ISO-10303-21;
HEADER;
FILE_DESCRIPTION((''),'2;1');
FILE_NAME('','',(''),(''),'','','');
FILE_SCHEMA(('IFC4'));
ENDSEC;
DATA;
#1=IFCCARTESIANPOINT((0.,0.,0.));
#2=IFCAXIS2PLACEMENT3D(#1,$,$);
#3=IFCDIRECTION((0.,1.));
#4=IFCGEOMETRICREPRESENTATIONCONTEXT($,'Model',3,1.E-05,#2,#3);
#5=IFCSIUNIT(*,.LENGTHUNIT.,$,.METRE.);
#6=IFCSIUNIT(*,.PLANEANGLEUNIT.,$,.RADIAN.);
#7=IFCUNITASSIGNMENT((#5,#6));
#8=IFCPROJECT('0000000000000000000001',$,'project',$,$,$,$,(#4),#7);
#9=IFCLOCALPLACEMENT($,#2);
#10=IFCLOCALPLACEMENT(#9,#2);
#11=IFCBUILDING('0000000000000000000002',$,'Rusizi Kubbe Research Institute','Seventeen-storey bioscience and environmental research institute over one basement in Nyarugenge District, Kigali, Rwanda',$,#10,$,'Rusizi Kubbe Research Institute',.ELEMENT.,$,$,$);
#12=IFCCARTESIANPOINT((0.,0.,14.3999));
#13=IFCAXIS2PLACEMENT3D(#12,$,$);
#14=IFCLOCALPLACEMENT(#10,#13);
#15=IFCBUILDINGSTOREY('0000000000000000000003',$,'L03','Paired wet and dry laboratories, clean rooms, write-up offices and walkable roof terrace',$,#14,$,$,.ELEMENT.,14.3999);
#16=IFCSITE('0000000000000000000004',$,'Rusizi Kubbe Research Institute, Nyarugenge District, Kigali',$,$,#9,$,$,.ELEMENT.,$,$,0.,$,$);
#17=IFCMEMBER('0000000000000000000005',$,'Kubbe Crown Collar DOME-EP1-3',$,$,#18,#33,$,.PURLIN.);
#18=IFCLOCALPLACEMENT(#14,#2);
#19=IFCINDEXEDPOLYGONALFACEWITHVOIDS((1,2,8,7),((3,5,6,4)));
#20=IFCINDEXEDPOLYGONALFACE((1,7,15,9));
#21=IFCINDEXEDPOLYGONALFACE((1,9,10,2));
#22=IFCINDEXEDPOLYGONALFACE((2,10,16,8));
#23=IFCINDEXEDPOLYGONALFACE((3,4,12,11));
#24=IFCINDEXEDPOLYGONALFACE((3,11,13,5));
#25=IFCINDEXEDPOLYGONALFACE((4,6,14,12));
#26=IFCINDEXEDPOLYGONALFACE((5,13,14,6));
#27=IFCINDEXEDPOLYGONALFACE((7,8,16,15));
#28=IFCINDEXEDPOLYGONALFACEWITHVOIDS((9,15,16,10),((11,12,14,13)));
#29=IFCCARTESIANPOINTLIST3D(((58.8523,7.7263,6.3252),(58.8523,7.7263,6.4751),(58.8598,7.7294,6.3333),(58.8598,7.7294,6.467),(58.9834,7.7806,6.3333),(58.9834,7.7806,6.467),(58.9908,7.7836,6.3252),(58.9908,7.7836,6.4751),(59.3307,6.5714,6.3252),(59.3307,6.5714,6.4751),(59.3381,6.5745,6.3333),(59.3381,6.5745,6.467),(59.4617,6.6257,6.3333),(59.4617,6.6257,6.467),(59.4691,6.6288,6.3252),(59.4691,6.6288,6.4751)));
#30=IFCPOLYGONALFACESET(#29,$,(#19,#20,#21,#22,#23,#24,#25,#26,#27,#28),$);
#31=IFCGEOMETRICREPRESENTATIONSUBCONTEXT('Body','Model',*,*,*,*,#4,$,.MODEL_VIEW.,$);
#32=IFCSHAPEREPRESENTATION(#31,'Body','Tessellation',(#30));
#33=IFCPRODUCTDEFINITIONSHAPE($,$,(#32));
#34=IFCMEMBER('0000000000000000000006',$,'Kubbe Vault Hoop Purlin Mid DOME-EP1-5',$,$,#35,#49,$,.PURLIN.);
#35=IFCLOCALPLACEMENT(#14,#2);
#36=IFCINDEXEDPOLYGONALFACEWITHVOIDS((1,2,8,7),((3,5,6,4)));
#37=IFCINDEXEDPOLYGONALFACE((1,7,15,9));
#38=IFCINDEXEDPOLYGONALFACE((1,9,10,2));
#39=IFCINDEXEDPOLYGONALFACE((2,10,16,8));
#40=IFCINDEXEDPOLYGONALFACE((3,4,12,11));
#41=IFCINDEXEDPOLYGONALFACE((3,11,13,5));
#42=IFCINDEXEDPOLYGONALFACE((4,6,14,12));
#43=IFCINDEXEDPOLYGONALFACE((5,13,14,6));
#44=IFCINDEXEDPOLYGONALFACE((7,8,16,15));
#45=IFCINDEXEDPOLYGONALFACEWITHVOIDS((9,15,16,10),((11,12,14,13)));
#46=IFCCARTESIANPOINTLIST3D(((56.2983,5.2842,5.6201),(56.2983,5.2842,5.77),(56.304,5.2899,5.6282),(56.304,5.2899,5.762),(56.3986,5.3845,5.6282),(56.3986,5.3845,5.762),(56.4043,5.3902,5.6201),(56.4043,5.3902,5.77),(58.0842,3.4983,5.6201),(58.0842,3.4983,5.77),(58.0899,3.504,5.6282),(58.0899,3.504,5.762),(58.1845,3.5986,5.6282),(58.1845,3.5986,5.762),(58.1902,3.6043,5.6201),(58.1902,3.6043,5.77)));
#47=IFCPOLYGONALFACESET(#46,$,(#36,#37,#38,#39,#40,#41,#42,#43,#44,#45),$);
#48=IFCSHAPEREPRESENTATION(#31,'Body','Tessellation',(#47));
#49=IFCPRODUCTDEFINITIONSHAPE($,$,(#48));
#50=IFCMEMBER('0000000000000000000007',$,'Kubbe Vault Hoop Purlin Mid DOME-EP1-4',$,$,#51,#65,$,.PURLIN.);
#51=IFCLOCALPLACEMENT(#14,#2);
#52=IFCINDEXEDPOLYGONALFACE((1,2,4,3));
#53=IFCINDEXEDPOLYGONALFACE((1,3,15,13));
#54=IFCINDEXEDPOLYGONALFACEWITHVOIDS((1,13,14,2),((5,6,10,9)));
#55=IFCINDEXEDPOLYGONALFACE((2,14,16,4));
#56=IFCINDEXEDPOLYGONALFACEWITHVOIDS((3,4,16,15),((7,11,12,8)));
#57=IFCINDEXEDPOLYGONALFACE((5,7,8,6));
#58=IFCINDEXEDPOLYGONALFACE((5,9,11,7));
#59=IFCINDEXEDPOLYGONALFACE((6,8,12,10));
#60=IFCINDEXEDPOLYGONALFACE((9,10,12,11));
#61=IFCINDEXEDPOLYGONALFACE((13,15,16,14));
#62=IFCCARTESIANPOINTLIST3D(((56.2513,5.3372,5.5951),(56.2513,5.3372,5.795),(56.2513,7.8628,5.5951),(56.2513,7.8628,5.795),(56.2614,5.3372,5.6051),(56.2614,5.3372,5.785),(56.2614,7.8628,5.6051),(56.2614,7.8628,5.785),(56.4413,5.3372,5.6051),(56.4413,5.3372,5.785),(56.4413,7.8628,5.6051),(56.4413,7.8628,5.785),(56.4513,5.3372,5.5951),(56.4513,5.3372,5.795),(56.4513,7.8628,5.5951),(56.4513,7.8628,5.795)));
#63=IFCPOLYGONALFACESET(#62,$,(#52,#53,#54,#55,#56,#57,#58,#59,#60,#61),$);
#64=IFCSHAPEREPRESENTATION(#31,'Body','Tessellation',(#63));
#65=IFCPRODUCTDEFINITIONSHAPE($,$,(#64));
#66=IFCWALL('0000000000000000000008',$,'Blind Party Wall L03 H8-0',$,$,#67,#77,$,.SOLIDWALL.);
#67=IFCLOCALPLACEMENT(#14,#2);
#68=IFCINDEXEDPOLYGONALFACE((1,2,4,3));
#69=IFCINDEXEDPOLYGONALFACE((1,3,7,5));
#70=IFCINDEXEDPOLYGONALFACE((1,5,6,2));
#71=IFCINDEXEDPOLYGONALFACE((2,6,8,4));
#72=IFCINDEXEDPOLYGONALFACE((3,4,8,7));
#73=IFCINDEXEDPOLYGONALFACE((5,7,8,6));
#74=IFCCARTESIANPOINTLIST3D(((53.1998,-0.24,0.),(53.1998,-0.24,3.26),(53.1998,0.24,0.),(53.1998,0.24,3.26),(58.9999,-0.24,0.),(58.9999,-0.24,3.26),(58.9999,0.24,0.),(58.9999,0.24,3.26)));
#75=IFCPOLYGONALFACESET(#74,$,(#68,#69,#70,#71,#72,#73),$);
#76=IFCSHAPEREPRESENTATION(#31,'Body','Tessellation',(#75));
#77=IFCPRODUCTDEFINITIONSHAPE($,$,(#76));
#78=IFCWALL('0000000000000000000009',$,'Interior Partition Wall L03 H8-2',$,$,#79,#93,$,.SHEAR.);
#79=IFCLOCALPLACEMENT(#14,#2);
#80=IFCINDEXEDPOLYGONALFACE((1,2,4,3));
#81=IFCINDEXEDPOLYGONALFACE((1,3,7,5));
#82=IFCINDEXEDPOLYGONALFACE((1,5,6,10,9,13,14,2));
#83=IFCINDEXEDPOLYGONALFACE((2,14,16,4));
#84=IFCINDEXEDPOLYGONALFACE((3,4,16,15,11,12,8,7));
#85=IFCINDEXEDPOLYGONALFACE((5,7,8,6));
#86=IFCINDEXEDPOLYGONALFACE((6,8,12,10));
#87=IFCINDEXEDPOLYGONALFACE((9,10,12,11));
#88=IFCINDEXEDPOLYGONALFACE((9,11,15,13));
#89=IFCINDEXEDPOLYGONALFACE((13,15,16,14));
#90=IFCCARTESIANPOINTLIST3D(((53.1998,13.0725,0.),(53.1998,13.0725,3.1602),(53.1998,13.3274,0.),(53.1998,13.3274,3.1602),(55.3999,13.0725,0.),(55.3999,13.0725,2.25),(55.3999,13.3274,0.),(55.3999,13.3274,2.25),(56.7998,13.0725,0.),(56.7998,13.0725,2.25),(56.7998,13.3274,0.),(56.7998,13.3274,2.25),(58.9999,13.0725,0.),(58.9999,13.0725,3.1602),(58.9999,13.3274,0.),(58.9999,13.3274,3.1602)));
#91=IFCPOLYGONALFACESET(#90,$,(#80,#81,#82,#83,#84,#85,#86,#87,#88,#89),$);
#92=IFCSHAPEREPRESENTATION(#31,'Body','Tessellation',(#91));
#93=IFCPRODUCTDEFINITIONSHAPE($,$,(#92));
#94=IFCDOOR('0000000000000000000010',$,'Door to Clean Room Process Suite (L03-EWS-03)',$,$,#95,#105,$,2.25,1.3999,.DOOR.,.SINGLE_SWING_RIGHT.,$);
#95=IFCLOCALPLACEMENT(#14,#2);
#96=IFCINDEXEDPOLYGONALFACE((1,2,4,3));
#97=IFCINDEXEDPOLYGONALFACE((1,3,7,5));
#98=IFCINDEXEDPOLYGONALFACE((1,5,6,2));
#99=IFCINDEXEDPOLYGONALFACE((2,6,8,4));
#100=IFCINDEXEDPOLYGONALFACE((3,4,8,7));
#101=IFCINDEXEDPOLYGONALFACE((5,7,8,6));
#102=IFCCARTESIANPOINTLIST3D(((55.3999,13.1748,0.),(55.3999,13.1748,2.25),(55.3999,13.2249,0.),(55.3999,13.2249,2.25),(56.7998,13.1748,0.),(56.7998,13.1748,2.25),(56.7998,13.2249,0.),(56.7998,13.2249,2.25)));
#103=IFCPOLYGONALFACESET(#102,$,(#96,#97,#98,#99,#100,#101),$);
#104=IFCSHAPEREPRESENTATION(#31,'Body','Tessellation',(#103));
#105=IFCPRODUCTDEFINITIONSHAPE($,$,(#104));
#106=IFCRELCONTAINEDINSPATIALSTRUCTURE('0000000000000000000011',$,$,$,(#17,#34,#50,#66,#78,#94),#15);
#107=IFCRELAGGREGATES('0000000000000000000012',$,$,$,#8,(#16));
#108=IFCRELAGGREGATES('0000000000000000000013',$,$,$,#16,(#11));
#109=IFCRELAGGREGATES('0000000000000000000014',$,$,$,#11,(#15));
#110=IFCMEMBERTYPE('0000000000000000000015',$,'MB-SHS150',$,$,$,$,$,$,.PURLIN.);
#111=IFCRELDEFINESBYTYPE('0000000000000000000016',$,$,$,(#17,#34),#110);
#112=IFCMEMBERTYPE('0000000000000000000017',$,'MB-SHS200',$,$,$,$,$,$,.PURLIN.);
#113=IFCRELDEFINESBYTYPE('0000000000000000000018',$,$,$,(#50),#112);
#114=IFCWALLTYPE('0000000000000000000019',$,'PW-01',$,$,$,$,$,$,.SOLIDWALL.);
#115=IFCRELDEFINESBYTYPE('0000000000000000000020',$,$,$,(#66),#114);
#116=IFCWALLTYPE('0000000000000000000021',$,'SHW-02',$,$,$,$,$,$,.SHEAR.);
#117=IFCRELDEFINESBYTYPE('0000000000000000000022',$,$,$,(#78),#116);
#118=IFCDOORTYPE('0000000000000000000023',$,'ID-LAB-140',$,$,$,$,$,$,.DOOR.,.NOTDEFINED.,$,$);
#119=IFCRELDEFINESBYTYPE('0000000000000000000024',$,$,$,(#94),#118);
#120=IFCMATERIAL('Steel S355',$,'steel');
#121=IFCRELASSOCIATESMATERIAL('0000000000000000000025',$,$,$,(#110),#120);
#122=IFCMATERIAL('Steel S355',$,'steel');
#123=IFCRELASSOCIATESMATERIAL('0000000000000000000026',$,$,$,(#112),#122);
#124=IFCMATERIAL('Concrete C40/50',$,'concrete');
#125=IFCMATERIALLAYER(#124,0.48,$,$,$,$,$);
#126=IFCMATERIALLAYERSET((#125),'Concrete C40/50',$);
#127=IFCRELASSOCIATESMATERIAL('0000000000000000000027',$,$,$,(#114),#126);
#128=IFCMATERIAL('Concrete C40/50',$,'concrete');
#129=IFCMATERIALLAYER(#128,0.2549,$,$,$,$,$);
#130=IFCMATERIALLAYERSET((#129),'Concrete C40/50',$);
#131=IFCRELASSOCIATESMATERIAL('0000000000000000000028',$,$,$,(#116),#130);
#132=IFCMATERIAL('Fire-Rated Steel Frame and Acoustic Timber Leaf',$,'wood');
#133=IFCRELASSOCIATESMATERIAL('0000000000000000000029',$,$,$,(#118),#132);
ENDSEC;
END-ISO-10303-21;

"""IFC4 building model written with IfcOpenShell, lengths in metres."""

from ifc_helpers import new_model, si_unit, direction, frame, frame_2d, origin, origin_2d, place, context, subcontext, project, spatial, rectangle, hollow_rectangle, extrude, material, layer, layer_set, material_profile, profile_set, type_object, element, fill, save


model = new_model("IFC4")

# Units and contexts
model_context = context("Model", 3, precision=1e-05, world=origin(), true_north=direction((0.0, 1.0)))
body_context = subcontext(model_context, "Body", "Model", "MODEL_VIEW")
ifc_project = project(units=[si_unit("LENGTHUNIT", "METRE"), si_unit("PLANEANGLEUNIT", "RADIAN")], contexts=[model_context])

# Site, building, storey
site_placement = place(None, origin())
site = spatial("IfcSite", under=ifc_project, at=site_placement, Name="Rusizi Kubbe Research Institute, Nyarugenge District, Kigali", CompositionType="ELEMENT", RefElevation=0.0)
building_placement = place(site_placement, origin())
building = spatial("IfcBuilding", under=site, at=building_placement, Name="Rusizi Kubbe Research Institute", Description="Seventeen-storey bioscience and environmental research institute over one basement in Nyarugenge District, Kigali, Rwanda", LongName="Rusizi Kubbe Research Institute", CompositionType="ELEMENT")
storey_placement = place(building_placement, frame((0.0, 0.0, 14.3999)))
storey = spatial("IfcBuildingStorey", under=building, at=storey_placement, Name="L03", Description="Paired wet and dry laboratories, clean rooms, write-up offices and walkable roof terrace", CompositionType="ELEMENT", Elevation=14.3999)

# Members
ifc_material_1 = material(Name="Steel S355", Category="steel")
ifc_material_profile_1 = material_profile(ifc_material_1, hollow_rectangle(XDim=0.1499, YDim=0.1499, WallThickness=0.0081, at=origin_2d()), Name="SHS 150x150x8.0")
ifc_profile_set_1 = profile_set([ifc_material_profile_1], Name="Steel S355")
member_type_1 = type_object("IfcMemberType", Name="MB-SHS150", PredefinedType="PURLIN", material=ifc_profile_set_1)
for number, where, z_axis, x_axis, name in (
    (1, (59.3999, 6.6001, 6.4001), (-0.382645, 0.923895, 0.0), (-0.923895, -0.382645, 0.0), "Kubbe Crown Collar DOME-EP1-3"),
):
    element("IfcMember", number, at=place(storey_placement, frame(where, z_axis=z_axis, x_axis=x_axis)), inside=storey, type_object=member_type_1, Name=name, PredefinedType="PURLIN", context=body_context, shape_type="SweptSolid", body=[
        extrude(hollow_rectangle(XDim=0.1499, YDim=0.1499, WallThickness=0.0081, at=origin_2d()), origin(), (0.0, 0.0, 1.0), 1.25),
    ])
member_1_placement = place(storey_placement, frame((56.3513, 5.3372, 5.6951), z_axis=(0.707107, -0.707107, 0.0), x_axis=(0.707107, 0.707107, 0.0)))
element("IfcMember", 2, at=member_1_placement, inside=storey, type_object=member_type_1, Name="Kubbe Vault Hoop Purlin Mid DOME-EP1-5", PredefinedType="PURLIN", context=body_context, shape_type="SweptSolid", body=[
    extrude(hollow_rectangle(XDim=0.1499, YDim=0.1499, WallThickness=0.0081, at=origin_2d()), origin(), (0.0, 0.0, 1.0), 2.5256),
])
ifc_material_2 = material(Name="Steel S355", Category="steel")
ifc_material_profile_2 = material_profile(ifc_material_2, hollow_rectangle(XDim=0.2, YDim=0.2, WallThickness=0.01, at=origin_2d()), Name="SHS 200x200x10.0")
ifc_profile_set_2 = profile_set([ifc_material_profile_2], Name="Steel S355")
member_type_2 = type_object("IfcMemberType", Name="MB-SHS200", PredefinedType="PURLIN", material=ifc_profile_set_2)
member_2_placement = place(storey_placement, frame((56.3513, 7.8628, 5.6951), z_axis=(0.0, -1.0, 0.0), x_axis=(1.0, 0.0, 0.0)))
element("IfcMember", 3, at=member_2_placement, inside=storey, type_object=member_type_2, Name="Kubbe Vault Hoop Purlin Mid DOME-EP1-4", PredefinedType="PURLIN", context=body_context, shape_type="SweptSolid", body=[
    extrude(hollow_rectangle(XDim=0.2, YDim=0.2, WallThickness=0.01, at=origin_2d()), origin(), (0.0, 0.0, 1.0), 2.5256),
])

# Wall
ifc_material_3 = material(Name="Concrete C40/50", Category="concrete")
ifc_layer_1 = layer(ifc_material_3, 0.48)
ifc_layer_set_1 = layer_set([ifc_layer_1], Name="Concrete C40/50")
wall_type_1 = type_object("IfcWallType", Name="PW-01", PredefinedType="SOLIDWALL", material=ifc_layer_set_1)
wall_1_placement = place(storey_placement, frame((53.2, 0.0, 0.0), z_axis=(0.0, 0.0, 1.0), x_axis=(1.0, 0.0, 0.0)))
element("IfcWall", 4, at=wall_1_placement, inside=storey, type_object=wall_type_1, Name="Blind Party Wall L03 H8-0", PredefinedType="SOLIDWALL", context=body_context, shape_type="SweptSolid", body=[
    extrude(rectangle(XDim=5.8, YDim=0.48, at=frame_2d((2.8999, 0.0))), origin(), (0.0, 0.0, 1.0), 3.26),
])

# Wall, opening, door
ifc_material_4 = material(Name="Concrete C40/50", Category="concrete")
ifc_layer_2 = layer(ifc_material_4, 0.2549)
ifc_layer_set_2 = layer_set([ifc_layer_2], Name="Concrete C40/50")
wall_type_2 = type_object("IfcWallType", Name="SHW-02", PredefinedType="SHEAR", material=ifc_layer_set_2)
wall_2_placement = place(storey_placement, frame((53.2, 13.2, 0.0), z_axis=(0.0, 0.0, 1.0), x_axis=(1.0, 0.0, 0.0)))
wall_2 = element("IfcWall", 5, at=wall_2_placement, inside=storey, type_object=wall_type_2, Name="Interior Partition Wall L03 H8-2", PredefinedType="SHEAR", context=body_context, shape_type="SweptSolid", body=[
    extrude(rectangle(XDim=5.8, YDim=0.2549, at=frame_2d((2.8999, 0.0))), origin(), (0.0, 0.0, 1.0), 3.1602),
])
opening_placement = place(wall_2_placement, frame((2.2, 0.0, 0.0)))
opening = element("IfcOpeningElement", 6, at=opening_placement, cuts=wall_2, PredefinedType="OPENING", context=body_context, shape_type="SweptSolid", body=[
    extrude(rectangle(XDim=1.3999, YDim=2.25, at=frame_2d((0.7, 1.125))), frame((0.0, 0.1375, 0.0), z_axis=(0.0, -1.0, 0.0), x_axis=(1.0, 0.0, 0.0)), (0.0, 0.0, 1.0), 0.2749),
])
ifc_material_5 = material(Name="Fire-Rated Steel Frame and Acoustic Timber Leaf", Category="wood")
door_type = type_object("IfcDoorType", Name="ID-LAB-140", OperationType="NOTDEFINED", PredefinedType="DOOR", material=ifc_material_5)
door_placement = place(opening_placement, origin())
door = element("IfcDoor", 7, at=door_placement, inside=storey, type_object=door_type, Name="Door to Clean Room Process Suite (L03-EWS-03)", OperationType="SINGLE_SWING_RIGHT", OverallHeight=2.25, OverallWidth=1.3999, PredefinedType="DOOR", context=body_context, shape_type="SweptSolid", body=[
    extrude(rectangle(XDim=1.3999, YDim=2.25, at=frame_2d((0.7, 1.125))), frame((0.0, 0.0249, 0.0), z_axis=(0.0, -1.0, 0.0), x_axis=(1.0, 0.0, 0.0)), (0.0, 0.0, 1.0), 0.05),
])
fill(opening, door)

save(model, "model.ifc")
